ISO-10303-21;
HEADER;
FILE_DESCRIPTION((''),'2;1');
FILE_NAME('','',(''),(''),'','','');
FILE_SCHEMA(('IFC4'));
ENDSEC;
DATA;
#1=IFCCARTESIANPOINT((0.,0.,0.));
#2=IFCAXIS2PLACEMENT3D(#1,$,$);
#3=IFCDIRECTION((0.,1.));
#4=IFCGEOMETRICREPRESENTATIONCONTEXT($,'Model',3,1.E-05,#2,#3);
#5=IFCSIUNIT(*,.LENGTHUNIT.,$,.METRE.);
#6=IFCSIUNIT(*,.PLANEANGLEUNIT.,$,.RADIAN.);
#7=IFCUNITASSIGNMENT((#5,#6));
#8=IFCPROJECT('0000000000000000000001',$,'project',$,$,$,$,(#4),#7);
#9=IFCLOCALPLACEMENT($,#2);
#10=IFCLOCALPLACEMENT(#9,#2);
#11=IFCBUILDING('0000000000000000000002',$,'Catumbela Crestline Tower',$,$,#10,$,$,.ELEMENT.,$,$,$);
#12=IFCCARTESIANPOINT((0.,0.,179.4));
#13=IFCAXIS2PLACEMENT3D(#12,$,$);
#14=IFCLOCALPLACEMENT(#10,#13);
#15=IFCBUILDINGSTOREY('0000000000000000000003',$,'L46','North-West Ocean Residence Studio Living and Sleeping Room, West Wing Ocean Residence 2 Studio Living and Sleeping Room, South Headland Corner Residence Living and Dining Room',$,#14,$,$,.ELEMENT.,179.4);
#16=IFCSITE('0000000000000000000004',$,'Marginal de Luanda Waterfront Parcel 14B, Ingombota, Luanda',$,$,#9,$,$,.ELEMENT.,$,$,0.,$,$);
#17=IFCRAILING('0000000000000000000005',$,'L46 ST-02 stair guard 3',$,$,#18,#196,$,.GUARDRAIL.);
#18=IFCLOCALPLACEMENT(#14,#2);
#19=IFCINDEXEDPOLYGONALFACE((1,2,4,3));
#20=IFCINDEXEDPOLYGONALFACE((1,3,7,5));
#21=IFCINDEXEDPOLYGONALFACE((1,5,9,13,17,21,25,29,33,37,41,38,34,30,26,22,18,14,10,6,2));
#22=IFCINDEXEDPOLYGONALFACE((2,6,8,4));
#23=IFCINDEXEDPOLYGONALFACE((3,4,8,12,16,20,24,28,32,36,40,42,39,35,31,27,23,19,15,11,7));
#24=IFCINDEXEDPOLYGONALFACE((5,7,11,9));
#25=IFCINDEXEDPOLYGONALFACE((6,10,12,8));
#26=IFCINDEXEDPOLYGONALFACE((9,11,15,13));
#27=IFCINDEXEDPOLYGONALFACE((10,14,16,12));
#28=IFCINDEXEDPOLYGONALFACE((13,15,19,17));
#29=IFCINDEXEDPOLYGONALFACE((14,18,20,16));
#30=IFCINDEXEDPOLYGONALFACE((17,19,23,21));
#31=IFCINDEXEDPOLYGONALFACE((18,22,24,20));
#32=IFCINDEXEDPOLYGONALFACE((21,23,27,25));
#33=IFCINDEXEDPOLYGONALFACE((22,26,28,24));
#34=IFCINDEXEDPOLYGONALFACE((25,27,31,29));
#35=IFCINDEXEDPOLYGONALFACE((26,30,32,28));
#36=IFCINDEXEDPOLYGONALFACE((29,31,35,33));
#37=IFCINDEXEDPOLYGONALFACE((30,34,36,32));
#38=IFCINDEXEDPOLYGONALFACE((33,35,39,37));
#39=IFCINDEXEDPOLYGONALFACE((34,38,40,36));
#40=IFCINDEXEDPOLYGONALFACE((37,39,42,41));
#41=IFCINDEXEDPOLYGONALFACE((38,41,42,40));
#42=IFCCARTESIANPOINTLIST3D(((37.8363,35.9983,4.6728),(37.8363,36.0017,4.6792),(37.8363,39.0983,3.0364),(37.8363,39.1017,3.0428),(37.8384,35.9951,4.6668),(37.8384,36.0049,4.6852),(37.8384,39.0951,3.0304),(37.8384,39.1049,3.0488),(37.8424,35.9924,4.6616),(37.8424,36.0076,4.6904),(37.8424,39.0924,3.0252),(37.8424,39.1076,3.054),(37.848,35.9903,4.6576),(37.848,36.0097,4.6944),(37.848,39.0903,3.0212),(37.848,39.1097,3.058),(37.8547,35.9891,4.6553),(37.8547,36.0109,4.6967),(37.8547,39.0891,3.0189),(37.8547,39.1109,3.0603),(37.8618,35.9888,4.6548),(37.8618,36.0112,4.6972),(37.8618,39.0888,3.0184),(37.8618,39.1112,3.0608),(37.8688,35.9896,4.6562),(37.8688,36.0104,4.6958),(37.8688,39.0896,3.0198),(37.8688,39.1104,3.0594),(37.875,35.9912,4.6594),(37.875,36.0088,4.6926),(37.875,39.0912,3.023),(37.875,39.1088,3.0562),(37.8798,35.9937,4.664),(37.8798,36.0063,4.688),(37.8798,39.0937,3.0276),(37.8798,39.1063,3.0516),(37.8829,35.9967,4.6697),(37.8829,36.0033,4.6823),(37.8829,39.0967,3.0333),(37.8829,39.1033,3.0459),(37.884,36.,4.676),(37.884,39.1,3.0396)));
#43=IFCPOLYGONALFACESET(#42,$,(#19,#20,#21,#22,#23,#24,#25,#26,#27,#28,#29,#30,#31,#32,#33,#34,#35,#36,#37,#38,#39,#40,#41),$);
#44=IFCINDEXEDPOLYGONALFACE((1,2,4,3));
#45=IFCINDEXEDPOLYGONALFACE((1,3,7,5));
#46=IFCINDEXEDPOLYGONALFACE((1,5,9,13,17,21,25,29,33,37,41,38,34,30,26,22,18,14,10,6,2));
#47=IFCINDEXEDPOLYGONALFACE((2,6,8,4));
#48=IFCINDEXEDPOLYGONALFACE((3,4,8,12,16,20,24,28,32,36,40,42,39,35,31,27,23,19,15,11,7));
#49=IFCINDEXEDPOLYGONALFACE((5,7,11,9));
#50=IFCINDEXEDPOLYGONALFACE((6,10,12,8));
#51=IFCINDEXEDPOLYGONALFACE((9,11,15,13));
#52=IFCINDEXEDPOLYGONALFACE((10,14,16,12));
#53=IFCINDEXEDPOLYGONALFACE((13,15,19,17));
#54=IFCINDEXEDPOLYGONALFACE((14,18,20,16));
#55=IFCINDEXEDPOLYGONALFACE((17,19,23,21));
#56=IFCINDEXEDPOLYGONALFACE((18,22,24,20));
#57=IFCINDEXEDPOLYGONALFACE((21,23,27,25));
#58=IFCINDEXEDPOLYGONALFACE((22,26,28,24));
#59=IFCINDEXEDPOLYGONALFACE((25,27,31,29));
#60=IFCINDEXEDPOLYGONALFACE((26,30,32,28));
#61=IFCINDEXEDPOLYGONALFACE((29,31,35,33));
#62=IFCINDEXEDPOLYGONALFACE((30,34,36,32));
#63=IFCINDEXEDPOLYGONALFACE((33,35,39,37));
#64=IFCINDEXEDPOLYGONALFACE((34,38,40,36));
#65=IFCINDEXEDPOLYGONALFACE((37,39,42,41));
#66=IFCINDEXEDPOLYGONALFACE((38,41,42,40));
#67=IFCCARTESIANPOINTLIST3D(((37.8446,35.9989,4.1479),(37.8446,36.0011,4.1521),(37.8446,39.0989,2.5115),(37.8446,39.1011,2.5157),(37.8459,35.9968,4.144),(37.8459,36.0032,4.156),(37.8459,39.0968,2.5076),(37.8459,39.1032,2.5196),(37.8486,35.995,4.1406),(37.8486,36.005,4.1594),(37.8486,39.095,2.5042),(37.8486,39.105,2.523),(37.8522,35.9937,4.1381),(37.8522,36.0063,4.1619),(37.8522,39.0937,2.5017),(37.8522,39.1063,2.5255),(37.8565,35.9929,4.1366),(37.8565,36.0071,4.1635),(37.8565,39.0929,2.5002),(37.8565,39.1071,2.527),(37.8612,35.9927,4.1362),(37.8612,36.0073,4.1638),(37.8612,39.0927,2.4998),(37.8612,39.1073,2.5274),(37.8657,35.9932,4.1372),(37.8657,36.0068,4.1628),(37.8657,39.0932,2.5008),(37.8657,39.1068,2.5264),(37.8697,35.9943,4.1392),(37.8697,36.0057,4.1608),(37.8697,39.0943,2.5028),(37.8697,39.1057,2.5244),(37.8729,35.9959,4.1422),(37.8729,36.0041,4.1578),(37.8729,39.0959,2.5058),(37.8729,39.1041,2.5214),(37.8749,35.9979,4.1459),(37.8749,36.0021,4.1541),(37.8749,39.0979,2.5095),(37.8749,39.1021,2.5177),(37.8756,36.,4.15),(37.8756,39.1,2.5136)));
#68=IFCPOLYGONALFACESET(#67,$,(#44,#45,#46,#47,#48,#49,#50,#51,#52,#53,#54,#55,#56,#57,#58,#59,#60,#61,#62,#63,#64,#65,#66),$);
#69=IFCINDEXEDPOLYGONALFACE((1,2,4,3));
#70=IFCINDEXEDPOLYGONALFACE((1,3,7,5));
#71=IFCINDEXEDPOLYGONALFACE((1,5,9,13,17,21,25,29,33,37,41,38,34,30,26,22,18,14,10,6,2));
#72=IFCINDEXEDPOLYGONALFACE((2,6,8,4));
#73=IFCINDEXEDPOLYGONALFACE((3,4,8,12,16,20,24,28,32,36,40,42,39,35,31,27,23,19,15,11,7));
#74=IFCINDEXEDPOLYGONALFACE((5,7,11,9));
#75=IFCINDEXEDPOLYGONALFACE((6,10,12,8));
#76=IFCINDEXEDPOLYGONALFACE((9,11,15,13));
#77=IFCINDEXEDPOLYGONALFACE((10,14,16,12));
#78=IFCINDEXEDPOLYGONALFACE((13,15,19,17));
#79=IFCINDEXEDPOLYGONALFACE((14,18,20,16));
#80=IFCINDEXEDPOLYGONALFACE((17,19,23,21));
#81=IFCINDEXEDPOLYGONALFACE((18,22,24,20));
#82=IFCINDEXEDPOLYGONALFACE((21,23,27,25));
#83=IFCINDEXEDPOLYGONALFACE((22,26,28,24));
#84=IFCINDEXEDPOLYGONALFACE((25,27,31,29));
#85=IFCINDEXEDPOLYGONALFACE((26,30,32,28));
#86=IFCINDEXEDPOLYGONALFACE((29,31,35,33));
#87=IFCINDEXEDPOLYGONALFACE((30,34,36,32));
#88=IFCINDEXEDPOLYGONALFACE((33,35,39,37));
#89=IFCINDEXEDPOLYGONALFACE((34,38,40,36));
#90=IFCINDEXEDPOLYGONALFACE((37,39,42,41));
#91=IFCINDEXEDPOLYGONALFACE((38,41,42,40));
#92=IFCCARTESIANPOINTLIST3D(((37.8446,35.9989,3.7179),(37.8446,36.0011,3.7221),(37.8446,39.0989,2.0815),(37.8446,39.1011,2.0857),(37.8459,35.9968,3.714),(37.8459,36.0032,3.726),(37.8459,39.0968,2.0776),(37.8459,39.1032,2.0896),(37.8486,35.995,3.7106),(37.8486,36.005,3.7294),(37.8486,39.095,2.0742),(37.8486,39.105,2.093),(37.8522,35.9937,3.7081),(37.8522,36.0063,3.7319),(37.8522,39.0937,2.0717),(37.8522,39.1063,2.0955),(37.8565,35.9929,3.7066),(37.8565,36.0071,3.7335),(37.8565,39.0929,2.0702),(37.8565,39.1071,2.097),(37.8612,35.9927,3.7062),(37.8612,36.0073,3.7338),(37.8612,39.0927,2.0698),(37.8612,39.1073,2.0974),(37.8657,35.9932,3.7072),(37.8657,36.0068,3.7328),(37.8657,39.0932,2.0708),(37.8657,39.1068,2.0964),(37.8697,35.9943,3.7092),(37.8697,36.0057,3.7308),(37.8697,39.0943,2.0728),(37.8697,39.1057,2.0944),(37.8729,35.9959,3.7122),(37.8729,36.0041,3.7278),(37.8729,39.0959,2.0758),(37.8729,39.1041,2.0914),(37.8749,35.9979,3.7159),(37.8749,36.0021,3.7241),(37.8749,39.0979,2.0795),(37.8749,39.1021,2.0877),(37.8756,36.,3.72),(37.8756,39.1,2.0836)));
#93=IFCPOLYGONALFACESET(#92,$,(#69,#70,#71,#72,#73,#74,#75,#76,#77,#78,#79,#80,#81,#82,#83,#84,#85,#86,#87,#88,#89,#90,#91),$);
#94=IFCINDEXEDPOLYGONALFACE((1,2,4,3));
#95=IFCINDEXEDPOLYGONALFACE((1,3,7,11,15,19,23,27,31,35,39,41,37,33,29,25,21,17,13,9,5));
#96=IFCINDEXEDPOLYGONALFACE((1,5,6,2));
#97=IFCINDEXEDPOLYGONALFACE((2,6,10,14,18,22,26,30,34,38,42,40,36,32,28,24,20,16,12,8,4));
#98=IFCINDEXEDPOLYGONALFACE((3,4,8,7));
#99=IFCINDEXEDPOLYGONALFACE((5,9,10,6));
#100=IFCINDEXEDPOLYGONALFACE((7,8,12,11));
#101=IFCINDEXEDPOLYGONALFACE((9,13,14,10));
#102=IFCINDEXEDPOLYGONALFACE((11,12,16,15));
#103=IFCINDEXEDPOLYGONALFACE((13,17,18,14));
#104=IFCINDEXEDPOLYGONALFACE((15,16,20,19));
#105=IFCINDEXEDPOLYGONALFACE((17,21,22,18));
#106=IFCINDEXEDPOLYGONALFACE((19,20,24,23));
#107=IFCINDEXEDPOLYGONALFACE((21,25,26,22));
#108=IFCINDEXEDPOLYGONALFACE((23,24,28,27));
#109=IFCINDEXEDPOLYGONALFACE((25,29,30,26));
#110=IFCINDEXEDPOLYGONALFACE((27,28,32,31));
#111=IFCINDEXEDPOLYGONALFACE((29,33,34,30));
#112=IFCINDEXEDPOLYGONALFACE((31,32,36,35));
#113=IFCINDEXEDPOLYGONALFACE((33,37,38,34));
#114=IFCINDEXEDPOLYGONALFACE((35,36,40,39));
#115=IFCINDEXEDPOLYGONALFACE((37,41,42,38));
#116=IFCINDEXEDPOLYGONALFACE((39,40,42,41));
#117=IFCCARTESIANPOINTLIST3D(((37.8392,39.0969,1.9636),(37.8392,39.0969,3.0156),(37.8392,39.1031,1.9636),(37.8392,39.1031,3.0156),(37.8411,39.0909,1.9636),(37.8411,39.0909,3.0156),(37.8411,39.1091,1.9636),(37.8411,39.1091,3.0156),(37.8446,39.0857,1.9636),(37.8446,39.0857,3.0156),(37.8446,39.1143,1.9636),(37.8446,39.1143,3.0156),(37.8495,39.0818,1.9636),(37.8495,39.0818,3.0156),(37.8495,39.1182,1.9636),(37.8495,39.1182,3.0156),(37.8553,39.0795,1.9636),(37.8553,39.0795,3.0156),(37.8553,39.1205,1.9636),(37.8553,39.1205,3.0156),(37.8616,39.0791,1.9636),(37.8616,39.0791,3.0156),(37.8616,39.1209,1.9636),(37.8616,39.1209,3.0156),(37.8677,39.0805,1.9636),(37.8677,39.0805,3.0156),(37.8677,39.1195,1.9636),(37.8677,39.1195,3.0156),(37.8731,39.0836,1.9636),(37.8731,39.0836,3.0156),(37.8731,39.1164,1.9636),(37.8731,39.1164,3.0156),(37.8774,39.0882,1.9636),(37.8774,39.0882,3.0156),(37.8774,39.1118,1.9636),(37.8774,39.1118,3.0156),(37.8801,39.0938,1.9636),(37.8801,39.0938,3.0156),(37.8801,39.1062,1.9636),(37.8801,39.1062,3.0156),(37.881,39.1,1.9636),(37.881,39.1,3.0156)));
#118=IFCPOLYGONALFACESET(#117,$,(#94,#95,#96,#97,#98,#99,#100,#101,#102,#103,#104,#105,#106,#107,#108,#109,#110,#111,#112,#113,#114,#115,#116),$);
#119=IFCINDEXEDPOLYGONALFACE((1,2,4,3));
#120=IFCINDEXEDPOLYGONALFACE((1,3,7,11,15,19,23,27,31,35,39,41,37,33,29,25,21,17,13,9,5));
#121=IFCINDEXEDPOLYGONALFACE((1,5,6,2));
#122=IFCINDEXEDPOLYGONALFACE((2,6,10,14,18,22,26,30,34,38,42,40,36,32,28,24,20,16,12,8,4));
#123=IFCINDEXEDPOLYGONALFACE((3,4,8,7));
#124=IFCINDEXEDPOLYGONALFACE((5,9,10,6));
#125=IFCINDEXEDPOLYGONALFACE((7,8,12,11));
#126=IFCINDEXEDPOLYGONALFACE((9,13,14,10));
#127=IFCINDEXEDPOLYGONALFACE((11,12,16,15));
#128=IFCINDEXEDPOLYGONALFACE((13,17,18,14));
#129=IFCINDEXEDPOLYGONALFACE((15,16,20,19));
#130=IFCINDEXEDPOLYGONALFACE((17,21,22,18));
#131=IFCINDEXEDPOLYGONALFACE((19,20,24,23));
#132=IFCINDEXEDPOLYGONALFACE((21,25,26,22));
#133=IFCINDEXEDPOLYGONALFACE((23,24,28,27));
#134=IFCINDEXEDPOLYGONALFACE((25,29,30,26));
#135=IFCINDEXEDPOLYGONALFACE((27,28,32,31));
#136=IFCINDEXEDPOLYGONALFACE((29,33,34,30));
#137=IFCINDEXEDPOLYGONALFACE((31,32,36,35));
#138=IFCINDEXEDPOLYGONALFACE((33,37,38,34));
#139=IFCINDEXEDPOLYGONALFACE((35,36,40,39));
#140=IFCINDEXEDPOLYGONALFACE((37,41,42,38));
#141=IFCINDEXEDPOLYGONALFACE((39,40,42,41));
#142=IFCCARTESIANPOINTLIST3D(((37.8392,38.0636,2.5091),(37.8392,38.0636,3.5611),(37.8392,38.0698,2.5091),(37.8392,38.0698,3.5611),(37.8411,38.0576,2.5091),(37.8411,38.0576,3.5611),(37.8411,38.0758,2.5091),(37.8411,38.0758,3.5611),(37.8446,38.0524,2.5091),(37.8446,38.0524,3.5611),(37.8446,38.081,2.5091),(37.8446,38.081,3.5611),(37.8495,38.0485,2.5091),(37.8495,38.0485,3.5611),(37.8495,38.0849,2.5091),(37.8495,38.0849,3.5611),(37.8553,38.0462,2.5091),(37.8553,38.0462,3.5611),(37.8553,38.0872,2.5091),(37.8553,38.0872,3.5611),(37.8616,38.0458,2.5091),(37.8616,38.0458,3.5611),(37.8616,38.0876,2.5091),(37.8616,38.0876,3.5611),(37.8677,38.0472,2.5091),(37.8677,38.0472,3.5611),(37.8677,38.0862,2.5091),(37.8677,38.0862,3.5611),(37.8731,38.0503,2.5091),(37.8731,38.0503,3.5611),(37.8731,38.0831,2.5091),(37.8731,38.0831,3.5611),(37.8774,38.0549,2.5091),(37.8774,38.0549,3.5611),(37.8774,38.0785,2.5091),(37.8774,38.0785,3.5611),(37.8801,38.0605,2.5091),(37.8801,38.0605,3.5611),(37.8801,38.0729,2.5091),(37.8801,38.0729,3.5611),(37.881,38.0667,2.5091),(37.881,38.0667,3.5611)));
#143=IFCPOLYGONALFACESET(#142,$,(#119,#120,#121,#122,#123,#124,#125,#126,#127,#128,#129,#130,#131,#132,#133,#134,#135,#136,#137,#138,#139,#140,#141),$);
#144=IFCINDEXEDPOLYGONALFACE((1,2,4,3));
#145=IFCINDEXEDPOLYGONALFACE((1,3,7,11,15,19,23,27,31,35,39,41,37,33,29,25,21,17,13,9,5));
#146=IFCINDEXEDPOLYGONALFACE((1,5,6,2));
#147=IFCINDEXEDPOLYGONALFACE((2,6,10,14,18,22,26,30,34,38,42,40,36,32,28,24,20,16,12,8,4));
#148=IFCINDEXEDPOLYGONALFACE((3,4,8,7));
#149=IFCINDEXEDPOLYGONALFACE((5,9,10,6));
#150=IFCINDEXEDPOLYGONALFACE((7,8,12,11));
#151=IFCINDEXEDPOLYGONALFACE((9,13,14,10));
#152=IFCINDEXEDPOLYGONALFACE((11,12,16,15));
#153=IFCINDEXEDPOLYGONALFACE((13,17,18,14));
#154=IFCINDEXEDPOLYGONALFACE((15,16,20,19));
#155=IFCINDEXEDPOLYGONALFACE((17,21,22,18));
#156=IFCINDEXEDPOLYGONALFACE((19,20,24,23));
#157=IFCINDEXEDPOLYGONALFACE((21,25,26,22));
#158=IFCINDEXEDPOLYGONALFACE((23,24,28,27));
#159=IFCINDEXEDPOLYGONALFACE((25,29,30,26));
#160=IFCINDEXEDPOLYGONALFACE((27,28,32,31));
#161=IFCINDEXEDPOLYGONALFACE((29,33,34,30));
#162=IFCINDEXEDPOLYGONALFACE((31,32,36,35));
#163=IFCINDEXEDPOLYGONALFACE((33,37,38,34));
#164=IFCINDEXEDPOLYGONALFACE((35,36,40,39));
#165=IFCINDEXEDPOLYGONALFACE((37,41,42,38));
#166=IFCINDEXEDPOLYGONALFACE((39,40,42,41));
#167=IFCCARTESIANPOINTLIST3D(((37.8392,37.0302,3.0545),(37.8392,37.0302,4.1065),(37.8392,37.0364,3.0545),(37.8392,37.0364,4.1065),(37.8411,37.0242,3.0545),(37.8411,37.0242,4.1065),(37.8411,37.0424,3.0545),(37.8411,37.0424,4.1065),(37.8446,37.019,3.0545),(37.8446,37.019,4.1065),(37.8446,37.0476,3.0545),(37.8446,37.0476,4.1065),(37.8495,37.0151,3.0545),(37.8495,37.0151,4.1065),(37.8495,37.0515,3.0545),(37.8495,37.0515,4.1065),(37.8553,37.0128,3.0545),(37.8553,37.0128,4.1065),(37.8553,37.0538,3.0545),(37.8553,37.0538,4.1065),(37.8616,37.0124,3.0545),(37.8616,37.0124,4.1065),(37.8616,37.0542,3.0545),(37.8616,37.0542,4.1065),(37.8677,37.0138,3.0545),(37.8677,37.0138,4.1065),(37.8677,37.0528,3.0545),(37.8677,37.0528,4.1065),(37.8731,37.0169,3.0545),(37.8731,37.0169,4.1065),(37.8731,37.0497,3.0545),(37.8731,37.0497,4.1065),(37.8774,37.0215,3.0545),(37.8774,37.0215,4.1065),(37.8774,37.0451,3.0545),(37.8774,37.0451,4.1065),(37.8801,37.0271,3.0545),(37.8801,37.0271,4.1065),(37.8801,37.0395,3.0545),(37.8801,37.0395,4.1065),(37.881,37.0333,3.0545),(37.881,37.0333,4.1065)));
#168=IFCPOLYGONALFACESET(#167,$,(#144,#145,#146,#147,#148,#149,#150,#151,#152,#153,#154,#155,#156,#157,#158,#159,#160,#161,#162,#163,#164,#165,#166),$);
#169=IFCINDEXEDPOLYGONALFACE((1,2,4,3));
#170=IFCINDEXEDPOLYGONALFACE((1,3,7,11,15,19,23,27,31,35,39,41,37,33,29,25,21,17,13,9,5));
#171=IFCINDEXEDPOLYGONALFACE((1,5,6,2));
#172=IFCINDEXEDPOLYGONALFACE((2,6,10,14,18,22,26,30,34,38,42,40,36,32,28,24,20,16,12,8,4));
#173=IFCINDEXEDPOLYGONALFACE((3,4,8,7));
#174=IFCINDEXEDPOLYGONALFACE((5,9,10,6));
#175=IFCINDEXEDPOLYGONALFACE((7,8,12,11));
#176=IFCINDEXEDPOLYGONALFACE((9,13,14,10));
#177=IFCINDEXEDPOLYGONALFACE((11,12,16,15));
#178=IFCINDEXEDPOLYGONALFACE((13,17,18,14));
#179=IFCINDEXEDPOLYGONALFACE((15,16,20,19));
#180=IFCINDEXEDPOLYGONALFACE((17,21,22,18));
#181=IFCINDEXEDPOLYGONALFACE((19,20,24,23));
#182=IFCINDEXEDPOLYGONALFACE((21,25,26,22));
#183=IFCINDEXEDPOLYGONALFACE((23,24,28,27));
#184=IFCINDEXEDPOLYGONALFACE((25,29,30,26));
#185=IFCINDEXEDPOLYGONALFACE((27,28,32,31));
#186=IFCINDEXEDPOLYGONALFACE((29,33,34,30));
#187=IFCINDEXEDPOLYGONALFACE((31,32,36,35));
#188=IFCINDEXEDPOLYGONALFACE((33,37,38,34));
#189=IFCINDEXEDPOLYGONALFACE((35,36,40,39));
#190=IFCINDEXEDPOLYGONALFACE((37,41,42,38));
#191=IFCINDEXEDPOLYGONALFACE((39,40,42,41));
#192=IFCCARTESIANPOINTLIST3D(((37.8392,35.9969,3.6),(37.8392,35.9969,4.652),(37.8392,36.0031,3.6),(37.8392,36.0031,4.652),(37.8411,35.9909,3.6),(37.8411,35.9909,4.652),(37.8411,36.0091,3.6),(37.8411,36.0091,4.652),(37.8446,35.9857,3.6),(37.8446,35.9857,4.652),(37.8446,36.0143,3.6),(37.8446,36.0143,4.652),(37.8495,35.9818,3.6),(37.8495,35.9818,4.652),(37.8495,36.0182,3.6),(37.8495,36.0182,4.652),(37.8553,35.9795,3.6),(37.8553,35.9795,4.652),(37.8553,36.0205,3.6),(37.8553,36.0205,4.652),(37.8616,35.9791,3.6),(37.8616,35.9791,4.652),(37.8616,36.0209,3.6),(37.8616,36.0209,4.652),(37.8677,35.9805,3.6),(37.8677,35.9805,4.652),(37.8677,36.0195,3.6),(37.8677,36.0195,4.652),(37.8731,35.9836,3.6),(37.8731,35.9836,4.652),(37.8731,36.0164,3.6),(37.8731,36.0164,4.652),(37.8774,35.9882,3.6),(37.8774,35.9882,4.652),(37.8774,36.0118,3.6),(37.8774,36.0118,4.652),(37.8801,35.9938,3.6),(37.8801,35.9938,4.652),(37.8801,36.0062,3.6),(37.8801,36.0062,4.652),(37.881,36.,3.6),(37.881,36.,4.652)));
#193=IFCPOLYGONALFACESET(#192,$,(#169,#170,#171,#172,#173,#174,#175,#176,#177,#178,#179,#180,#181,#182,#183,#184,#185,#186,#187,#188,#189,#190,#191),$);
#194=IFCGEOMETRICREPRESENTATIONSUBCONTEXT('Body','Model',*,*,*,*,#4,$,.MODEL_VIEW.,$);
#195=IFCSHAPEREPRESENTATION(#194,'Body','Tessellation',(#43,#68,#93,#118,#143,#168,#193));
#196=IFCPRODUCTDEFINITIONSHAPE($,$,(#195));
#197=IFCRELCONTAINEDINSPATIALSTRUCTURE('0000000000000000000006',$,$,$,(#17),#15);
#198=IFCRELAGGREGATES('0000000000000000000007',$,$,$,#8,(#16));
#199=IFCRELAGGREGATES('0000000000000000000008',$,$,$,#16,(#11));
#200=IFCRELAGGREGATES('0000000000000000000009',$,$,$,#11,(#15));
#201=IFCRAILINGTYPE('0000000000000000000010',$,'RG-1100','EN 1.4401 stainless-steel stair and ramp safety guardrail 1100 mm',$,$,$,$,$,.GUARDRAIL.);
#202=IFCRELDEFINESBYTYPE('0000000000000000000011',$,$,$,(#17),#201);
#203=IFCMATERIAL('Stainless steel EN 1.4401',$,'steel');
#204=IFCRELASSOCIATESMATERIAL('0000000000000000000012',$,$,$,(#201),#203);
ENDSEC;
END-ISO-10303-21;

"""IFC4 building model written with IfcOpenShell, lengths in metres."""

from ifc_helpers import new_model, si_unit, direction, frame, origin, origin_2d, place, context, subcontext, project, spatial, circle, extrude, material, type_object, element, save


model = new_model("IFC4")

# Units and contexts
model_context = context("Model", 3, precision=1e-05, world=origin(), true_north=direction((0.0, 1.0)))
body_context = subcontext(model_context, "Body", "Model", "MODEL_VIEW")
ifc_project = project(units=[si_unit("LENGTHUNIT", "METRE"), si_unit("PLANEANGLEUNIT", "RADIAN")], contexts=[model_context])

# Site, building, storey
site_placement = place(None, origin())
site = spatial("IfcSite", under=ifc_project, at=site_placement, Name="Marginal de Luanda Waterfront Parcel 14B, Ingombota, Luanda", CompositionType="ELEMENT", RefElevation=0.0)
building_placement = place(site_placement, origin())
building = spatial("IfcBuilding", under=site, at=building_placement, Name="Catumbela Crestline Tower", CompositionType="ELEMENT")
storey_placement = place(building_placement, frame((0.0, 0.0, 179.4)))
storey = spatial("IfcBuildingStorey", under=building, at=storey_placement, Name="L46", Description="North-West Ocean Residence Studio Living and Sleeping Room, West Wing Ocean Residence 2 Studio Living and Sleeping Room, South Headland Corner Residence Living and Dining Room", CompositionType="ELEMENT", Elevation=179.4)

# Shared definitions
ifc_material_1 = material(Name="Stainless steel EN 1.4401", Category="steel")

# Railing
railing_type_1 = type_object("IfcRailingType", Name="RG-1100", Description="EN 1.4401 stainless-steel stair and ramp safety guardrail 1100 mm", PredefinedType="GUARDRAIL", material=ifc_material_1)
railing_1_placement = place(storey_placement, frame((37.86, 39.1, 1.9636)))
element("IfcRailing", 1, at=railing_1_placement, inside=storey, type_object=railing_type_1, Name="L46 ST-02 stair guard 3", PredefinedType="GUARDRAIL", context=body_context, shape_type="SweptSolid", body=[
    extrude(circle(Radius=0.024, at=origin_2d()), frame((0.0, 0.0, 1.076), z_axis=(0.0, -0.884351, 0.466823), x_axis=(1.0, 0.0, 0.0)), (0.0, 0.0, 1.0), 3.5054),
    extrude(circle(Radius=0.0156, at=origin_2d()), frame((0.0, 0.0, 0.55), z_axis=(0.0, -0.884351, 0.466823), x_axis=(1.0, 0.0, 0.0)), (0.0, 0.0, 1.0), 3.5054),
    extrude(circle(Radius=0.0156, at=origin_2d()), frame((0.0, 0.0, 0.12), z_axis=(0.0, -0.884351, 0.466823), x_axis=(1.0, 0.0, 0.0)), (0.0, 0.0, 1.0), 3.5054),
    extrude(circle(Radius=0.021, at=origin_2d()), origin(), (0.0, 0.0, 1.0), 1.052),
    extrude(circle(Radius=0.021, at=origin_2d()), frame((0.0, -1.0333, 0.5455)), (0.0, 0.0, 1.0), 1.052),
    extrude(circle(Radius=0.021, at=origin_2d()), frame((0.0, -2.0667, 1.0909)), (0.0, 0.0, 1.0), 1.052),
    extrude(circle(Radius=0.021, at=origin_2d()), frame((0.0, -3.1, 1.6364)), (0.0, 0.0, 1.0), 1.052),
])

save(model, "model.ifc")
